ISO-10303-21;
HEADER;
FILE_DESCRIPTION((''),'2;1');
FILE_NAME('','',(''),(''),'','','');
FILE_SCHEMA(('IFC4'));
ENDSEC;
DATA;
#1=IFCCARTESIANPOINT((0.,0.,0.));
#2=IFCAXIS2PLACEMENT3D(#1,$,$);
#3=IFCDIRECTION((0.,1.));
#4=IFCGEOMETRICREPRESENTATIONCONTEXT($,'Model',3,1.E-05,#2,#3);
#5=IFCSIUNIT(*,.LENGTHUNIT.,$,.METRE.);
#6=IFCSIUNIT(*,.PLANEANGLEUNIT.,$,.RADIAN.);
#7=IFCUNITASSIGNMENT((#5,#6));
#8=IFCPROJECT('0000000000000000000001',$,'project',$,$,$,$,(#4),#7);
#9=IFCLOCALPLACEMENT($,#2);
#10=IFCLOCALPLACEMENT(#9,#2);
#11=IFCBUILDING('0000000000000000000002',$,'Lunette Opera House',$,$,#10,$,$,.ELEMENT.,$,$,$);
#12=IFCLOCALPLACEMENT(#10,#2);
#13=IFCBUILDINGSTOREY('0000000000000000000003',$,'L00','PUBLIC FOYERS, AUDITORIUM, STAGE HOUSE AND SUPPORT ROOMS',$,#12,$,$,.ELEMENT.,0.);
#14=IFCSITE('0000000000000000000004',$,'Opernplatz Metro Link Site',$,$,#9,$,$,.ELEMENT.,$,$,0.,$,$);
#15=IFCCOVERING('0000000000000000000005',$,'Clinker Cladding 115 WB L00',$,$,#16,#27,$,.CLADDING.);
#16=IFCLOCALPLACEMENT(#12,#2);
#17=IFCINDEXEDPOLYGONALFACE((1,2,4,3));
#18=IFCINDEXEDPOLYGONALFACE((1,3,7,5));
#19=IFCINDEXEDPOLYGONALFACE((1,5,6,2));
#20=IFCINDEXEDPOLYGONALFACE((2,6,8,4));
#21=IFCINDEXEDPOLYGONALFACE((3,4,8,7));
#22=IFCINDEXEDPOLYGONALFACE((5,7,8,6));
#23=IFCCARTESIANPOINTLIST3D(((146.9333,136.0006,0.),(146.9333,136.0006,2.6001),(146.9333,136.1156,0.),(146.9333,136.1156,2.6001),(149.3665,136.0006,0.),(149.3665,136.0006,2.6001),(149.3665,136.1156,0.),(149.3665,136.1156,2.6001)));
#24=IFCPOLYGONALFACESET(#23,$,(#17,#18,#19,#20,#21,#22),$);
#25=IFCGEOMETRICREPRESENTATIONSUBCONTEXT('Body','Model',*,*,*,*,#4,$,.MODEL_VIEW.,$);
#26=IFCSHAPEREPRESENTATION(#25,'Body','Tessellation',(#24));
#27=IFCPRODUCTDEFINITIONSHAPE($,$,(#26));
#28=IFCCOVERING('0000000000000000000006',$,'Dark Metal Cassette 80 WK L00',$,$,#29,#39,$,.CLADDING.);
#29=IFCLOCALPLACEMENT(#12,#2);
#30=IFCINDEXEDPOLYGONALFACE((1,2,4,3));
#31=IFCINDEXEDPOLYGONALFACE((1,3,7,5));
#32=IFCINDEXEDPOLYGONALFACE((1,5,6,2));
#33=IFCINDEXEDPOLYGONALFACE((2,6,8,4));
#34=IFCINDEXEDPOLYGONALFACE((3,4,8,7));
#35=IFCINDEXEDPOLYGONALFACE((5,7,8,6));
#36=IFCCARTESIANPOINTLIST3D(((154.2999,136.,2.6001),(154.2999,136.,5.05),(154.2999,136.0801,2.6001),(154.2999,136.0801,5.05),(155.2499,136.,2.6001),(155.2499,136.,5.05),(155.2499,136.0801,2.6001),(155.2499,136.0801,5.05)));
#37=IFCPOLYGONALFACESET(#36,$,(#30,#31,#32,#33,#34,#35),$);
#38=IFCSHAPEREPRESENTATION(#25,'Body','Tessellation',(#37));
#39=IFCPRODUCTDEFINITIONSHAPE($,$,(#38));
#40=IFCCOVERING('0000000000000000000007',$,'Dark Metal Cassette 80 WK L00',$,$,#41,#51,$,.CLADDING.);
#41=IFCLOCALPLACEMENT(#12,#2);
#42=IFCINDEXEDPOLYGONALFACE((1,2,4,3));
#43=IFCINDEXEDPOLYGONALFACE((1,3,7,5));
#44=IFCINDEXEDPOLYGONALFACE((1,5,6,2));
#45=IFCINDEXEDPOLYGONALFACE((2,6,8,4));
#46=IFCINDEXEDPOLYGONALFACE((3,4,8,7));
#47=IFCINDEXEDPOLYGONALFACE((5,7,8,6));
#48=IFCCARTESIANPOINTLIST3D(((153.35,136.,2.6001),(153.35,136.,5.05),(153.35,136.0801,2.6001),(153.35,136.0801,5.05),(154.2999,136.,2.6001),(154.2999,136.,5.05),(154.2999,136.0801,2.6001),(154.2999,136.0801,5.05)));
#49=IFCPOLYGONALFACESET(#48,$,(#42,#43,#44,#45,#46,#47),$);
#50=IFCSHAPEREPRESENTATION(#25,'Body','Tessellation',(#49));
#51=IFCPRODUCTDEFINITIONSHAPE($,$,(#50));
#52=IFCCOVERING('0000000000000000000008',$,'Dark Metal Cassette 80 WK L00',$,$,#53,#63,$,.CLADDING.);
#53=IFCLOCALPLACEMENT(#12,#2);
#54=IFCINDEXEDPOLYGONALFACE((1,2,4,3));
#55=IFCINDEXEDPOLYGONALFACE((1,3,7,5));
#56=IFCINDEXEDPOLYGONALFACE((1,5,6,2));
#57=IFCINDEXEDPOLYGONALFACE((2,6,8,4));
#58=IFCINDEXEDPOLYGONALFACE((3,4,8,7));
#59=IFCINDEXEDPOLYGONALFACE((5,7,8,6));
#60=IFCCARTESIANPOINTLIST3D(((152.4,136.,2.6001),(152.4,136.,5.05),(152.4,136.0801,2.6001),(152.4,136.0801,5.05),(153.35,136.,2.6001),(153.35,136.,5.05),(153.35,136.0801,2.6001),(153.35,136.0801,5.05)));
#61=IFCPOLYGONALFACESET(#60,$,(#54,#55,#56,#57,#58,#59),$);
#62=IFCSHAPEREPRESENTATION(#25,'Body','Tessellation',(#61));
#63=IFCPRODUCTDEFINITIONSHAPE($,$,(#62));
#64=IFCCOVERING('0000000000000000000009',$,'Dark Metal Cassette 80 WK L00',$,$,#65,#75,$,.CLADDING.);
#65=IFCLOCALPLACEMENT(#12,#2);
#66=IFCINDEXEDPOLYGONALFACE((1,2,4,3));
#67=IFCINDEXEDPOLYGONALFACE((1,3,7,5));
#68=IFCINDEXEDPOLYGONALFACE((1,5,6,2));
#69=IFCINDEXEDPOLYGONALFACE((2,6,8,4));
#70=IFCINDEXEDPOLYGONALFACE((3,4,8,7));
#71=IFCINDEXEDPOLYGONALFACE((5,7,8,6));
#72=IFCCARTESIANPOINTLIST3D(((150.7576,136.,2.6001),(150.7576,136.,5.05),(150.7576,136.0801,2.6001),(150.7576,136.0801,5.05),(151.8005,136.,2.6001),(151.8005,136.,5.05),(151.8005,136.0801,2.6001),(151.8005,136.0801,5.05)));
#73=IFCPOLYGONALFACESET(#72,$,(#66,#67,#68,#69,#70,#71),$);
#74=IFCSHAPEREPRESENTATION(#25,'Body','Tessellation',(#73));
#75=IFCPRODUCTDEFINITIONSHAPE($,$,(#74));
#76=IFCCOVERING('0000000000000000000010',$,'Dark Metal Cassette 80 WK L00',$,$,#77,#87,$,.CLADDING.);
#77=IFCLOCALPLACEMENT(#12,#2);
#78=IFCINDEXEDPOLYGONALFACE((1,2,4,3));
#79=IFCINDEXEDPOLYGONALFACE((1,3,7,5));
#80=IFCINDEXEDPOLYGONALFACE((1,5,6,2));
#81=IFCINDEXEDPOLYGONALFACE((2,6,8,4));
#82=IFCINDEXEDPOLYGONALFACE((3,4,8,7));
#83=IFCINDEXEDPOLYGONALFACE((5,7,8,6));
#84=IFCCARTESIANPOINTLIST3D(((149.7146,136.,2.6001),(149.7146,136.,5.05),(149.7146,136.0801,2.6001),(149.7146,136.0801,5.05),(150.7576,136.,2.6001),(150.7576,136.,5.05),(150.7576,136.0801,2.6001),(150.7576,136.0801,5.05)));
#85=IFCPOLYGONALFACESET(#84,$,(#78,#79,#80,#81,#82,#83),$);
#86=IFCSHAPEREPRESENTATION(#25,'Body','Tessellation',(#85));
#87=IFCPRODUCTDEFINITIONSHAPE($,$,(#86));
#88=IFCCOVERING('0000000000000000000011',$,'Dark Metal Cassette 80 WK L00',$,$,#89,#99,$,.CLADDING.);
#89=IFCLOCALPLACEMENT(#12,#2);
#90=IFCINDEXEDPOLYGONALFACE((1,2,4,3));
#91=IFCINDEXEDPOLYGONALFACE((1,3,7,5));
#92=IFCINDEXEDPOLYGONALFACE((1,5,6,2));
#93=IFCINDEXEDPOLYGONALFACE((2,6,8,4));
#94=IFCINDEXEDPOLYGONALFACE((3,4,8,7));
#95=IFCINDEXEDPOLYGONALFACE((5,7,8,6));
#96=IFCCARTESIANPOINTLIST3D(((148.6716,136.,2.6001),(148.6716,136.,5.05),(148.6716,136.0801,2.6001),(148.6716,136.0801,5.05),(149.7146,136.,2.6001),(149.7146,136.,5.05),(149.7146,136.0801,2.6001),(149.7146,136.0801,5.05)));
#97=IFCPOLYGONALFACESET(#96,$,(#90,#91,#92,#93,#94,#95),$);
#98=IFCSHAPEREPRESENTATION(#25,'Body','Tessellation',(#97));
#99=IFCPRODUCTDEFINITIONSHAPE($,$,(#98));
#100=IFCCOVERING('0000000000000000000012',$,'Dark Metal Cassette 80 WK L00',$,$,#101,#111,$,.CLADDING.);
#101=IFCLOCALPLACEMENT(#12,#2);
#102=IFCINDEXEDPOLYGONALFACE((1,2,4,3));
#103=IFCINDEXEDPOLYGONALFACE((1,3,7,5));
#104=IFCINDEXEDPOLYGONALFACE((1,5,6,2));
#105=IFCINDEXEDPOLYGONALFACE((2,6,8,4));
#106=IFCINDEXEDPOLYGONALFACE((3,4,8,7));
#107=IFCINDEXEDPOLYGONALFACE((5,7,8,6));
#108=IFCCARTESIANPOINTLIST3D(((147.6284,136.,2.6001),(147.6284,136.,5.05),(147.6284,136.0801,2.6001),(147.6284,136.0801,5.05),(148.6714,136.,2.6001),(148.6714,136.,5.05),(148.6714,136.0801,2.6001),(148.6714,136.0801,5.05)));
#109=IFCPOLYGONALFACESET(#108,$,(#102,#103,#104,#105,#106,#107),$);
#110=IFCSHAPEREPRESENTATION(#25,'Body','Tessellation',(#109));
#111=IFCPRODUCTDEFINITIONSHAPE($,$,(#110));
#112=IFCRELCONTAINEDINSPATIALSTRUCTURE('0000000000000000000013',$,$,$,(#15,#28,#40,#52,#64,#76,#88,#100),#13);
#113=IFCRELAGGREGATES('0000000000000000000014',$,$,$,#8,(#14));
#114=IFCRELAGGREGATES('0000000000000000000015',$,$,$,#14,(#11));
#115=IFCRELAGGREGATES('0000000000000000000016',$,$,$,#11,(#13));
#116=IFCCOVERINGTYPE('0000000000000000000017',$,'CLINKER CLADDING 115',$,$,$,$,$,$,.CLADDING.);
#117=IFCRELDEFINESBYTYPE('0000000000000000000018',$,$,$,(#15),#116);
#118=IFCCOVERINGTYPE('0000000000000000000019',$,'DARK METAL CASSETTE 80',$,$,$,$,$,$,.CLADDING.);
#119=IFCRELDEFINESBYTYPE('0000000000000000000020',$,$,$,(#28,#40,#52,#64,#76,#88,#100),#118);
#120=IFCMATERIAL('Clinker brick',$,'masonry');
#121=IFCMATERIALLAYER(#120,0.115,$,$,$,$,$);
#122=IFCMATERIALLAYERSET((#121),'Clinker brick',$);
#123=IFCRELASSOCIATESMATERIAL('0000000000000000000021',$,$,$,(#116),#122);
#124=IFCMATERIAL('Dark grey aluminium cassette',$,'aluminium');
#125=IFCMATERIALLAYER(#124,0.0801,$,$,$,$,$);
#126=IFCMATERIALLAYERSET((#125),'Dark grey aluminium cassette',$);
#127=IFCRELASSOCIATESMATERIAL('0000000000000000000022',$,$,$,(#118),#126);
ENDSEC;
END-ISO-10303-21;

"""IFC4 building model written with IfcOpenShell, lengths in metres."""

from ifc_helpers import new_model, si_unit, direction, frame, origin, origin_2d, place, context, subcontext, project, spatial, rectangle, extrude, material, layer, layer_set, type_object, element, save


model = new_model("IFC4")

# Units and contexts
model_context = context("Model", 3, precision=1e-05, world=origin(), true_north=direction((0.0, 1.0)))
body_context = subcontext(model_context, "Body", "Model", "MODEL_VIEW")
ifc_project = project(units=[si_unit("LENGTHUNIT", "METRE"), si_unit("PLANEANGLEUNIT", "RADIAN")], contexts=[model_context])

# Site, building, storey
site_placement = place(None, origin())
site = spatial("IfcSite", under=ifc_project, at=site_placement, Name="Opernplatz Metro Link Site", CompositionType="ELEMENT", RefElevation=0.0)
building_placement = place(site_placement, origin())
building = spatial("IfcBuilding", under=site, at=building_placement, Name="Lunette Opera House", CompositionType="ELEMENT")
storey_placement = place(building_placement, origin())
storey = spatial("IfcBuildingStorey", under=building, at=storey_placement, Name="L00", Description="PUBLIC FOYERS, AUDITORIUM, STAGE HOUSE AND SUPPORT ROOMS", CompositionType="ELEMENT", Elevation=0.0)

# Coverings
ifc_material_1 = material(Name="Clinker brick", Category="masonry")
ifc_layer_1 = layer(ifc_material_1, 0.115)
ifc_layer_set_1 = layer_set([ifc_layer_1], Name="Clinker brick")
covering_type_1 = type_object("IfcCoveringType", Name="CLINKER CLADDING 115", PredefinedType="CLADDING", material=ifc_layer_set_1)
for number, where, z_axis, x_axis, name in (
    (1, (148.1499, 136.0581, 0.0), (0.0, 0.0, 1.0), (-1.0, 0.0, 0.0), "Clinker Cladding 115 WB L00"),
):
    element("IfcCovering", number, at=place(storey_placement, frame(where, z_axis=z_axis, x_axis=x_axis)), inside=storey, type_object=covering_type_1, Name=name, PredefinedType="CLADDING", context=body_context, shape_type="SweptSolid", body=[
        extrude(rectangle(XDim=2.4331, YDim=0.115, at=origin_2d()), origin(), (0.0, 0.0, 1.0), 2.6001),
    ])
ifc_material_2 = material(Name="Dark grey aluminium cassette", Category="aluminium")
ifc_layer_2 = layer(ifc_material_2, 0.0801)
ifc_layer_set_2 = layer_set([ifc_layer_2], Name="Dark grey aluminium cassette")
covering_type_2 = type_object("IfcCoveringType", Name="DARK METAL CASSETTE 80", PredefinedType="CLADDING", material=ifc_layer_set_2)
for number, where, z_axis, x_axis, name in (
    (2, (154.7749, 136.04, 2.6001), (0.0, 0.0, 1.0), (-1.0, 0.0, 0.0), "Dark Metal Cassette 80 WK L00"),
    (3, (153.825, 136.04, 2.6001), (0.0, 0.0, 1.0), (-1.0, 0.0, 0.0), "Dark Metal Cassette 80 WK L00"),
    (4, (152.875, 136.04, 2.6001), (0.0, 0.0, 1.0), (-1.0, 0.0, 0.0), "Dark Metal Cassette 80 WK L00"),
):
    element("IfcCovering", number, at=place(storey_placement, frame(where, z_axis=z_axis, x_axis=x_axis)), inside=storey, type_object=covering_type_2, Name=name, PredefinedType="CLADDING", context=body_context, shape_type="SweptSolid", body=[
        extrude(rectangle(XDim=0.95, YDim=0.0801, at=origin_2d()), origin(), (0.0, 0.0, 1.0), 2.45),
    ])
for number, where, z_axis, x_axis, name in (
    (5, (151.2791, 136.04, 2.6001), (0.0, 0.0, 1.0), (-1.0, 0.0, 0.0), "Dark Metal Cassette 80 WK L00"),
    (6, (150.2361, 136.04, 2.6001), (0.0, 0.0, 1.0), (-1.0, 0.0, 0.0), "Dark Metal Cassette 80 WK L00"),
    (7, (149.1931, 136.04, 2.6001), (0.0, 0.0, 1.0), (-1.0, 0.0, 0.0), "Dark Metal Cassette 80 WK L00"),
    (8, (148.1499, 136.04, 2.6001), (0.0, 0.0, 1.0), (-1.0, 0.0, 0.0), "Dark Metal Cassette 80 WK L00"),
):
    element("IfcCovering", number, at=place(storey_placement, frame(where, z_axis=z_axis, x_axis=x_axis)), inside=storey, type_object=covering_type_2, Name=name, PredefinedType="CLADDING", context=body_context, shape_type="SweptSolid", body=[
        extrude(rectangle(XDim=1.043, YDim=0.0801, at=origin_2d()), origin(), (0.0, 0.0, 1.0), 2.45),
    ])

save(model, "model.ifc")
